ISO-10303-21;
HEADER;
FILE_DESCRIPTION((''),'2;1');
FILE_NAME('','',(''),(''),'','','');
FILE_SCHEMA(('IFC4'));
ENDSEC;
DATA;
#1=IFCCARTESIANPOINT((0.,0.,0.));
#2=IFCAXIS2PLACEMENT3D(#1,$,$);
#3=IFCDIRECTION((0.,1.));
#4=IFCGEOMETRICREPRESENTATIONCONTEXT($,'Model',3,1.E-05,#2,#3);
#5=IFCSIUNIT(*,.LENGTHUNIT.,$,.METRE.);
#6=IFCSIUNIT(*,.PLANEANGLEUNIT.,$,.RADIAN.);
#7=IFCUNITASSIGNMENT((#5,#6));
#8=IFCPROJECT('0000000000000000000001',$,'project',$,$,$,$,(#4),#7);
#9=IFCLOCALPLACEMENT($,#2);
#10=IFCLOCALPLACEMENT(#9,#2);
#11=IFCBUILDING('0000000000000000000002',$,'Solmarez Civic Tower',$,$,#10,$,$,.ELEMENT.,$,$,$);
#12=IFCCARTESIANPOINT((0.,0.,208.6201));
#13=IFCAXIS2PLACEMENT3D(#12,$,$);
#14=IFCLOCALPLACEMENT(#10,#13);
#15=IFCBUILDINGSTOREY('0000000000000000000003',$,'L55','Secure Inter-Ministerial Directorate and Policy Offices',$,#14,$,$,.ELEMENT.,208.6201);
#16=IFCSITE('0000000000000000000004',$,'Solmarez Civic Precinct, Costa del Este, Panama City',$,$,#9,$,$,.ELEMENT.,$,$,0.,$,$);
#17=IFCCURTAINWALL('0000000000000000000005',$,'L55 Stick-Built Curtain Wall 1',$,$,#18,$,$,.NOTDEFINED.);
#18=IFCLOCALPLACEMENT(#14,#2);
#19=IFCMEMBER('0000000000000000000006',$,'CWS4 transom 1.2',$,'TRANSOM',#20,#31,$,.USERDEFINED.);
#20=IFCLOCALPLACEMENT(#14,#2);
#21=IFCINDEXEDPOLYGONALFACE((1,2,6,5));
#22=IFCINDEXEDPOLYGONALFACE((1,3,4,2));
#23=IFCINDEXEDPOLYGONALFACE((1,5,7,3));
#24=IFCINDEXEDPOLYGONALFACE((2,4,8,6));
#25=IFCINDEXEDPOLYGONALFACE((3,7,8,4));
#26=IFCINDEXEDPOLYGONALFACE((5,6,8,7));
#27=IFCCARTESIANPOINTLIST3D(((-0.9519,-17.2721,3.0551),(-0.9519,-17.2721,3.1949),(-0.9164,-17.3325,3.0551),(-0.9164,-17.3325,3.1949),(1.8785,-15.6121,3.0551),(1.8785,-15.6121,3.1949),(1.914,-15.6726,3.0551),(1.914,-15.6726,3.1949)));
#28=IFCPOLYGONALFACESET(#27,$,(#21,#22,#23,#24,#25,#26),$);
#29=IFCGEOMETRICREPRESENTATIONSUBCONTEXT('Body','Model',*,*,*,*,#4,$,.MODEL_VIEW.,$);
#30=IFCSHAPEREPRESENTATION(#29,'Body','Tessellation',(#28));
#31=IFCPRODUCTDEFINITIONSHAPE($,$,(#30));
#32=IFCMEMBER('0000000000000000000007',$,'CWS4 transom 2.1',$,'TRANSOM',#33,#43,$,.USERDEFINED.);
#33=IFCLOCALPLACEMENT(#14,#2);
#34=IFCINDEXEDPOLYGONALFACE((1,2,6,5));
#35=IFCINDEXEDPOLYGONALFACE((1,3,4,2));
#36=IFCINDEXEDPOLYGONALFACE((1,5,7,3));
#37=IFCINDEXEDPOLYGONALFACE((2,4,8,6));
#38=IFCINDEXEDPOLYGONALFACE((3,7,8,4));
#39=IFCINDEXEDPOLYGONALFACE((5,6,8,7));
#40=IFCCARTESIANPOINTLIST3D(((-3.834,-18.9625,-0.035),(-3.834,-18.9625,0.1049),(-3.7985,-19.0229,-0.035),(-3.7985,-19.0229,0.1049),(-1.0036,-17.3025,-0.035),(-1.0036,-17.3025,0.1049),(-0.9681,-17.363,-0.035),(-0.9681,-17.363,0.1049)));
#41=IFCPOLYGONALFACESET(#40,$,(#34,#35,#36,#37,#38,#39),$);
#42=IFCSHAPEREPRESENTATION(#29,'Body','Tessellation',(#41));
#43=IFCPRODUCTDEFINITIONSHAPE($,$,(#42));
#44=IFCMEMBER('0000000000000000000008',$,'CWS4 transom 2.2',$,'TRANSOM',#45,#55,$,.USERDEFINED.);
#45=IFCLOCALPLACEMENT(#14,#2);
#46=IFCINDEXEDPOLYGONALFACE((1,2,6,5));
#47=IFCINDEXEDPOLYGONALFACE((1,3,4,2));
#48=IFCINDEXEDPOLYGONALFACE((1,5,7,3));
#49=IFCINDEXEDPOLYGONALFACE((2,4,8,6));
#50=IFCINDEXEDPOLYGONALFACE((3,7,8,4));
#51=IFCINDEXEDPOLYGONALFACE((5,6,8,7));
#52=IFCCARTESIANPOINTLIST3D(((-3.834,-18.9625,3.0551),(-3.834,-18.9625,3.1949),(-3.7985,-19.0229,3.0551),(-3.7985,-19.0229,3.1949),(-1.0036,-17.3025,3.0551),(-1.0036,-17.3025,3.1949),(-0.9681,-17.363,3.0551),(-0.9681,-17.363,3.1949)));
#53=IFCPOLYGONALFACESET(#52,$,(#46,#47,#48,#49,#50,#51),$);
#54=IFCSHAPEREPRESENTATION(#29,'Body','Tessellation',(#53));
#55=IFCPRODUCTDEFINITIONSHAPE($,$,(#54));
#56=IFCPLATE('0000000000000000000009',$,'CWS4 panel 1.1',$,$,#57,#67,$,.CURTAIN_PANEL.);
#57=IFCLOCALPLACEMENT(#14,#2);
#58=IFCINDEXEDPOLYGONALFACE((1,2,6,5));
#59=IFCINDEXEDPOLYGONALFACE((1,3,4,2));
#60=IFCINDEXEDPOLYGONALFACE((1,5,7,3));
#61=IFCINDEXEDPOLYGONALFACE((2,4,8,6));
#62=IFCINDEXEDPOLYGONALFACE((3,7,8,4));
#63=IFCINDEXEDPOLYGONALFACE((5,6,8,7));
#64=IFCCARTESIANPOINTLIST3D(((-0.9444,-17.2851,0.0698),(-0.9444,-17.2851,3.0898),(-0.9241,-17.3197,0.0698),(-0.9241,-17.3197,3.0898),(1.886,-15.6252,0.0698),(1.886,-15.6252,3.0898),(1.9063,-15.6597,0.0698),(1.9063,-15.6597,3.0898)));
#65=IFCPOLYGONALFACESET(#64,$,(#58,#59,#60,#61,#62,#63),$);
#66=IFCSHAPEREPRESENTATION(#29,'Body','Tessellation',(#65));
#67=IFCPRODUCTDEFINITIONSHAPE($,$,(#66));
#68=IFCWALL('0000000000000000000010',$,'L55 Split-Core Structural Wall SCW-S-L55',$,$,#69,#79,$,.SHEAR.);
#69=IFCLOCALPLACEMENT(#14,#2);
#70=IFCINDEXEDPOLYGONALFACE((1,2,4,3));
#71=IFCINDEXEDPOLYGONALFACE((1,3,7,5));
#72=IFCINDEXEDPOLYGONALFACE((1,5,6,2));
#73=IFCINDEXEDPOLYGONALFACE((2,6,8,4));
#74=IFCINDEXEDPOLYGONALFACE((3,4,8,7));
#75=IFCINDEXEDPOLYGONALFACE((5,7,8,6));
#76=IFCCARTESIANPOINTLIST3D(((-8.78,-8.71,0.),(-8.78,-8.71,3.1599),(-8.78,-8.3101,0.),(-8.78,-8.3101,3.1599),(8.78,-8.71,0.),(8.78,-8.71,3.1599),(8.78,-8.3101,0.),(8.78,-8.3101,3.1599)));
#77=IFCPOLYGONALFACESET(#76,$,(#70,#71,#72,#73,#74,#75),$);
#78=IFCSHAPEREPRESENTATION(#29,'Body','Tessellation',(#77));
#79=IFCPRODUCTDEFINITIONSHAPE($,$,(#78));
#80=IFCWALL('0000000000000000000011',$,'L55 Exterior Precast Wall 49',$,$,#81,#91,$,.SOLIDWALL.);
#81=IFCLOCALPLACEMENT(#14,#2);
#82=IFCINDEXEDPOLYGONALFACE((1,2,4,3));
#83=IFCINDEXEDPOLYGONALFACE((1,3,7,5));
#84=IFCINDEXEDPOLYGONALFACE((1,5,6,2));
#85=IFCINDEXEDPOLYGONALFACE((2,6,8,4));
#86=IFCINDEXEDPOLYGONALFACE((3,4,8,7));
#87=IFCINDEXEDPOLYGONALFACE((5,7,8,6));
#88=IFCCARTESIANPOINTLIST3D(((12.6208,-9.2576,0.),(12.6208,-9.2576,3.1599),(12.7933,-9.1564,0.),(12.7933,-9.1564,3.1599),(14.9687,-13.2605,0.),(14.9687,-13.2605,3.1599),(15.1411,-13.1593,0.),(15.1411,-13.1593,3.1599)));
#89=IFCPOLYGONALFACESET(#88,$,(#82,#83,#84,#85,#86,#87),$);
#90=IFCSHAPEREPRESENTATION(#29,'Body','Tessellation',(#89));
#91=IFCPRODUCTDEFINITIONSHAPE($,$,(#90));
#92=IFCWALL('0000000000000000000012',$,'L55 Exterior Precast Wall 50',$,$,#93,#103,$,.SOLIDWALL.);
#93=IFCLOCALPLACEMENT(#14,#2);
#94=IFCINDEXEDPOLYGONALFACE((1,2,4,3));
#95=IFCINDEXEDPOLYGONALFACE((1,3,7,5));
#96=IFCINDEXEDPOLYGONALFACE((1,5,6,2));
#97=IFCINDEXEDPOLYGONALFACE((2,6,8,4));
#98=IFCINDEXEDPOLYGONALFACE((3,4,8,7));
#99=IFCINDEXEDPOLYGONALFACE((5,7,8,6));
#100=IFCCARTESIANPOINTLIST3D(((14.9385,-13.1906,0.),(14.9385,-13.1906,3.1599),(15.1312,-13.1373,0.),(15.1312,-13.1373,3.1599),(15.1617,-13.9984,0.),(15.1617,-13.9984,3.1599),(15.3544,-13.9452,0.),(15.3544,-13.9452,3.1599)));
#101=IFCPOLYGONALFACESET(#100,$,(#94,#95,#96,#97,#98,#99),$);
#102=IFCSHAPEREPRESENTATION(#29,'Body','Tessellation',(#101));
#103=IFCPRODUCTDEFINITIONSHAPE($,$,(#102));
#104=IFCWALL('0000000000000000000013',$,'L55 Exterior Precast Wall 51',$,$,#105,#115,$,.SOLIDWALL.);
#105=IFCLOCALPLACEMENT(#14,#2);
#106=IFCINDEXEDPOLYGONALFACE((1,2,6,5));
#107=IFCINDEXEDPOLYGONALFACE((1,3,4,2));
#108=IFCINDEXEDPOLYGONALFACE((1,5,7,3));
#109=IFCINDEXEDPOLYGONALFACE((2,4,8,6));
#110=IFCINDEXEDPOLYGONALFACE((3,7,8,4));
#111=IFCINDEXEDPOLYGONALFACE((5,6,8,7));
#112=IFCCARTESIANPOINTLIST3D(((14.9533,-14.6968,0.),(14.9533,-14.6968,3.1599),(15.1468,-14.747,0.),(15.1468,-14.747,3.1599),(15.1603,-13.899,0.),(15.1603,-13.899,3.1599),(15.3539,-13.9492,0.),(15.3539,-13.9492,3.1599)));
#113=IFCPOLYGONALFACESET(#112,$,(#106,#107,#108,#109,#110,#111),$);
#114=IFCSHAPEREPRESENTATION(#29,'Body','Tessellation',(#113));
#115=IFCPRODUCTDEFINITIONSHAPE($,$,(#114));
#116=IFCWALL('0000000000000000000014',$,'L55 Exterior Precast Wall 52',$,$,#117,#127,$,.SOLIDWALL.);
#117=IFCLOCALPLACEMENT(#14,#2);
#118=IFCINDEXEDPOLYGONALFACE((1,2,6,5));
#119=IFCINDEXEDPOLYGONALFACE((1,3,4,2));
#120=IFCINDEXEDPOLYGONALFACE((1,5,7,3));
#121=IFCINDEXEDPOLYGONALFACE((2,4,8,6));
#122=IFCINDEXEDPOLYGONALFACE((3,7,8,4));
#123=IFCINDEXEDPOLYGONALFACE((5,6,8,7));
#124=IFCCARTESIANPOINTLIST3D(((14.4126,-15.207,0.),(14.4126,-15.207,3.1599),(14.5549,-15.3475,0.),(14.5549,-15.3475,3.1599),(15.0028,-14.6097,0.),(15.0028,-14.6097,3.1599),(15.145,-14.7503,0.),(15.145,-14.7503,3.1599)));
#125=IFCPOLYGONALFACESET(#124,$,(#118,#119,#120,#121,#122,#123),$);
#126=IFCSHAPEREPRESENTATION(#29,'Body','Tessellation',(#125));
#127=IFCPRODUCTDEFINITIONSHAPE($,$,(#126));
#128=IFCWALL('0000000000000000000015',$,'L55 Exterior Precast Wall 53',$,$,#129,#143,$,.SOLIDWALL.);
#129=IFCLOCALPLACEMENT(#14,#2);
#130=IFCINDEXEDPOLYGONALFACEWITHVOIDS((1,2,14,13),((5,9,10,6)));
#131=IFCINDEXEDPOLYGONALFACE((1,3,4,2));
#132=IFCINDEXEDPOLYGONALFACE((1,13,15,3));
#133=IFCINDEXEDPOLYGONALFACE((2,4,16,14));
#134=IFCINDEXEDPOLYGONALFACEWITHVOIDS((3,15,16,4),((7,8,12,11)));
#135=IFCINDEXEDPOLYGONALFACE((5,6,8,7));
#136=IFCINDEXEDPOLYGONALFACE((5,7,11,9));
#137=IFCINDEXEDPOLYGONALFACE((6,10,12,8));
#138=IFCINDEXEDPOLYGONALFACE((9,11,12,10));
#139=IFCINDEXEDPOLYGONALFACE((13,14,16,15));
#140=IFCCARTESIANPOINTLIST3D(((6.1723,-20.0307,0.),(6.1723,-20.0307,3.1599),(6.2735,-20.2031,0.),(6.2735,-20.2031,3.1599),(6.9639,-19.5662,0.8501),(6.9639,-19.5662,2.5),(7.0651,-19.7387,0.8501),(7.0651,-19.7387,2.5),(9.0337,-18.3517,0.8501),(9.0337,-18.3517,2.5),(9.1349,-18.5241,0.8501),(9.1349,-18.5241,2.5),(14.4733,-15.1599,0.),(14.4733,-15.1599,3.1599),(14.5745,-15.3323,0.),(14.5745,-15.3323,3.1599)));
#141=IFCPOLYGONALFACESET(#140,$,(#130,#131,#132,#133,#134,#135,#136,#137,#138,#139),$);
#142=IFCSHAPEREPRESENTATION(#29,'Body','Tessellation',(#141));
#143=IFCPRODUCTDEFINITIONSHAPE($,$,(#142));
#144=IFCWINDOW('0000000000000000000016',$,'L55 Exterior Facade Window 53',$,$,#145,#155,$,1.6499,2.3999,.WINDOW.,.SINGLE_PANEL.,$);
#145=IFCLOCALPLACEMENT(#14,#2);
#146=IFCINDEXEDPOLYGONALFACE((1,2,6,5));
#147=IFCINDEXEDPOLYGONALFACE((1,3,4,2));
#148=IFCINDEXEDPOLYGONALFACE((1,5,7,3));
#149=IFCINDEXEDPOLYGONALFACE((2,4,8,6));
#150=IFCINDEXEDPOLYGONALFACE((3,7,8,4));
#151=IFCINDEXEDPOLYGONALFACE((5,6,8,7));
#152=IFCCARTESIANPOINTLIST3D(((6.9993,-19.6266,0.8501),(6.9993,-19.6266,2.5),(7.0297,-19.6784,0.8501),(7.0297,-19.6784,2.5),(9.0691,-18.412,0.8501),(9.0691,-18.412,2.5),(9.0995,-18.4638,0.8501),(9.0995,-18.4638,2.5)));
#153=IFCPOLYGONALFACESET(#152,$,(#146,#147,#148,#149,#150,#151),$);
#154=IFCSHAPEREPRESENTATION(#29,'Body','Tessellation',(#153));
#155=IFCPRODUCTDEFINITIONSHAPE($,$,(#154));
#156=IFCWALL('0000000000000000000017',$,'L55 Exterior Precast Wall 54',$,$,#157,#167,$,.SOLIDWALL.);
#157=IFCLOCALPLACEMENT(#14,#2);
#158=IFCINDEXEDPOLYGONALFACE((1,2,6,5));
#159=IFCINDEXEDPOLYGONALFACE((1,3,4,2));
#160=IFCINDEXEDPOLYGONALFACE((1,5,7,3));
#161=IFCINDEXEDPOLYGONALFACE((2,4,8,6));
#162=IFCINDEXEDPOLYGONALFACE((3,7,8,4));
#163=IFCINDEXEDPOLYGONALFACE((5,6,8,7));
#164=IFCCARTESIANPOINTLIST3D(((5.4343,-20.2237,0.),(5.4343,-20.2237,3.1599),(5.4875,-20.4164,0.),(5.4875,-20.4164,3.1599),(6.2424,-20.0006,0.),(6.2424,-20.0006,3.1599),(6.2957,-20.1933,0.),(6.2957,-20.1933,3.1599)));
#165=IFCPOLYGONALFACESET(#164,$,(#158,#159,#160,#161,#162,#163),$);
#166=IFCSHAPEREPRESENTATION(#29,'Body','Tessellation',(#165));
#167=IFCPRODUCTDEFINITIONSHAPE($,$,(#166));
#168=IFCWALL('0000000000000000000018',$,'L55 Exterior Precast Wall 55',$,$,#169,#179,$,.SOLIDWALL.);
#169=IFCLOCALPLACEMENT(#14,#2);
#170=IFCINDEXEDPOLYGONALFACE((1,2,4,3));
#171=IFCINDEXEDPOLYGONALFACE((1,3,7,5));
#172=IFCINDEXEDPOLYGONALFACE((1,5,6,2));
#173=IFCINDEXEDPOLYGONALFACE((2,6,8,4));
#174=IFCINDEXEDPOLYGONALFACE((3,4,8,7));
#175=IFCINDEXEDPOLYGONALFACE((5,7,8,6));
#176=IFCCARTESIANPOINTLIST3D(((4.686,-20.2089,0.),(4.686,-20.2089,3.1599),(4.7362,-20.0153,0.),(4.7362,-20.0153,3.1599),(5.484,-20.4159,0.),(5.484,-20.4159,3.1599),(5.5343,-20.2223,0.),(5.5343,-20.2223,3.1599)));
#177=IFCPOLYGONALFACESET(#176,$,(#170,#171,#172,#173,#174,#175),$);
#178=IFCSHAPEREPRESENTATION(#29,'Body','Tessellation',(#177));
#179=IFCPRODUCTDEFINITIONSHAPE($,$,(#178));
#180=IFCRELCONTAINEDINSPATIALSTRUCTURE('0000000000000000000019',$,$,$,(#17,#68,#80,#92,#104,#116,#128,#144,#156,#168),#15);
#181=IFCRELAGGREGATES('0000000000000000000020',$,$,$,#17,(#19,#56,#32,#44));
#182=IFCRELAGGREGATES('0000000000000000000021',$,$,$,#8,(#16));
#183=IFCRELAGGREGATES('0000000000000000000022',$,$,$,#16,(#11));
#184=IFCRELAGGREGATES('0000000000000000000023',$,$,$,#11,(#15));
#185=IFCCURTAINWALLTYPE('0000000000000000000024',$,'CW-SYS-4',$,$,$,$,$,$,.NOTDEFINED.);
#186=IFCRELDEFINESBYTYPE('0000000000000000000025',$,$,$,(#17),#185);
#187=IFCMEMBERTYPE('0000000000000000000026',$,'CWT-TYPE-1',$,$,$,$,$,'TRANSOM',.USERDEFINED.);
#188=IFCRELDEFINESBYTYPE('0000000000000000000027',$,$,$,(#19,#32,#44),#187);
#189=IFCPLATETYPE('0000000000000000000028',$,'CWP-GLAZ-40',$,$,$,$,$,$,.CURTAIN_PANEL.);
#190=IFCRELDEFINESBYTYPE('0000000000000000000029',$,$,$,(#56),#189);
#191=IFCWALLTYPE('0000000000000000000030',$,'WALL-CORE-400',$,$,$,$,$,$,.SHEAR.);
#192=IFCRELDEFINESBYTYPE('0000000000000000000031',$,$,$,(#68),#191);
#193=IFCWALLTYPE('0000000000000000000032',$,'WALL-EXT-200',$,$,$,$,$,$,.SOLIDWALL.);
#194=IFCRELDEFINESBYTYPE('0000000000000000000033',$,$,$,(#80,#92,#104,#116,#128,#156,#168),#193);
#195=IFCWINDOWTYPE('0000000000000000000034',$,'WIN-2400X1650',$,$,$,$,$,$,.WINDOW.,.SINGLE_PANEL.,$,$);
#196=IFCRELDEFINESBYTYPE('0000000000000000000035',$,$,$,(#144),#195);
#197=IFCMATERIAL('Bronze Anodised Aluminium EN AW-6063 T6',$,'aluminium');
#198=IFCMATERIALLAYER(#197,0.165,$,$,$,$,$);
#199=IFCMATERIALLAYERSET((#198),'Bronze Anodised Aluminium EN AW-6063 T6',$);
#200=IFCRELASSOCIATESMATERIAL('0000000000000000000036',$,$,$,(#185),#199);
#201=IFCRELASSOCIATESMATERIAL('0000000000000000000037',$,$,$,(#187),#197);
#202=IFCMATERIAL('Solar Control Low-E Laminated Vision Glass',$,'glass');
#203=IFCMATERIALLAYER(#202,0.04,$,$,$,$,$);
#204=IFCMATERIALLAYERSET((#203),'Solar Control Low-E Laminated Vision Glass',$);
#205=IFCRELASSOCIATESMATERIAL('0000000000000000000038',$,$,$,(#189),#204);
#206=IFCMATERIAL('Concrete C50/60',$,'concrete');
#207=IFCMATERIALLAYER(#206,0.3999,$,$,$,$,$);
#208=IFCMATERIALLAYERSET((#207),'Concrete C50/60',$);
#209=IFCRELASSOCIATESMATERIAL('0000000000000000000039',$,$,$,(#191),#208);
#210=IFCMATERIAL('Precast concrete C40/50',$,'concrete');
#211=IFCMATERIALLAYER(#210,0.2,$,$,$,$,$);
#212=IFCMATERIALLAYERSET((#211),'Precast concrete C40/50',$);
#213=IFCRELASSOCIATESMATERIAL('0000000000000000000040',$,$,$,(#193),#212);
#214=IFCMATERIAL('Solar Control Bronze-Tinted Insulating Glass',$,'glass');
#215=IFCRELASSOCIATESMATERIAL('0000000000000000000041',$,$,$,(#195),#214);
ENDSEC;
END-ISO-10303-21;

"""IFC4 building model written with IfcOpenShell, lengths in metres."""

from ifc_helpers import new_model, si_unit, direction, frame, frame_2d, origin, origin_2d, place, context, subcontext, project, spatial, rectangle, extrude, material, layer, layer_set, material_profile, profile_set, type_object, element, fill, aggregate, save


model = new_model("IFC4")

# Units and contexts
model_context = context("Model", 3, precision=1e-05, world=origin(), true_north=direction((0.0, 1.0)))
body_context = subcontext(model_context, "Body", "Model", "MODEL_VIEW")
ifc_project = project(units=[si_unit("LENGTHUNIT", "METRE"), si_unit("PLANEANGLEUNIT", "RADIAN")], contexts=[model_context])

# Site, building, storey
site_placement = place(None, origin())
site = spatial("IfcSite", under=ifc_project, at=site_placement, Name="Solmarez Civic Precinct, Costa del Este, Panama City", CompositionType="ELEMENT", RefElevation=0.0)
building_placement = place(site_placement, origin())
building = spatial("IfcBuilding", under=site, at=building_placement, Name="Solmarez Civic Tower", CompositionType="ELEMENT")
storey_placement = place(building_placement, frame((0.0, 0.0, 208.6201)))
storey = spatial("IfcBuildingStorey", under=building, at=storey_placement, Name="L55", Description="Secure Inter-Ministerial Directorate and Policy Offices", CompositionType="ELEMENT", Elevation=208.6201)

# Shared definitions
ifc_material_1 = material(Name="Concrete C50/60", Category="concrete")

# Curtain wall, members, plate
ifc_material_2 = material(Name="Bronze Anodised Aluminium EN AW-6063 T6", Category="aluminium")
ifc_layer_1 = layer(ifc_material_2, 0.165)
ifc_layer_set_1 = layer_set([ifc_layer_1], Name="Bronze Anodised Aluminium EN AW-6063 T6")
curtain_wall_type = type_object("IfcCurtainWallType", Name="CW-SYS-4", PredefinedType="NOTDEFINED", material=ifc_layer_set_1)
curtain_wall_placement = place(storey_placement, origin())
curtain_wall = element("IfcCurtainWall", 1, at=curtain_wall_placement, inside=storey, type_object=curtain_wall_type, Name="L55 Stick-Built Curtain Wall 1", PredefinedType="NOTDEFINED")
ifc_material_profile_1 = material_profile(ifc_material_2, rectangle(XDim=0.0701, YDim=0.1399, at=origin_2d()), Name="CWT-70X140")
ifc_profile_set_1 = profile_set([ifc_material_profile_1], Name="Bronze Anodised Aluminium EN AW-6063 T6")
member_type_1 = type_object("IfcMemberType", Name="CWT-TYPE-1", ElementType="TRANSOM", PredefinedType="USERDEFINED", material=ifc_profile_set_1)
member_1_placement = place(storey_placement, frame((1.8962, -15.6423, 3.125), z_axis=(-0.862597, -0.505891, 0.0), x_axis=(0.505891, -0.862597, 0.0)))
member_1 = element("IfcMember", 2, at=member_1_placement, type_object=member_type_1, Name="CWS4 transom 1.2", ObjectType="TRANSOM", PredefinedType="USERDEFINED", context=body_context, shape_type="SweptSolid", body=[
    extrude(rectangle(XDim=0.0701, YDim=0.1399, at=origin_2d()), origin(), (0.0, 0.0, 1.0), 3.2812),
])
member_2_placement = place(storey_placement, frame((-0.9858, -17.3328, 0.0349), z_axis=(-0.862597, -0.505891, 0.0), x_axis=(0.505891, -0.862597, 0.0)))
member_2 = element("IfcMember", 3, at=member_2_placement, type_object=member_type_1, Name="CWS4 transom 2.1", ObjectType="TRANSOM", PredefinedType="USERDEFINED", context=body_context, shape_type="SweptSolid", body=[
    extrude(rectangle(XDim=0.0701, YDim=0.1399, at=origin_2d()), origin(), (0.0, 0.0, 1.0), 3.2812),
])
member_3_placement = place(storey_placement, frame((-0.9858, -17.3328, 3.125), z_axis=(-0.862597, -0.505891, 0.0), x_axis=(0.505891, -0.862597, 0.0)))
member_3 = element("IfcMember", 4, at=member_3_placement, type_object=member_type_1, Name="CWS4 transom 2.2", ObjectType="TRANSOM", PredefinedType="USERDEFINED", context=body_context, shape_type="SweptSolid", body=[
    extrude(rectangle(XDim=0.0701, YDim=0.1399, at=origin_2d()), origin(), (0.0, 0.0, 1.0), 3.2812),
])
ifc_material_3 = material(Name="Solar Control Low-E Laminated Vision Glass", Category="glass")
ifc_layer_2 = layer(ifc_material_3, 0.04)
ifc_layer_set_2 = layer_set([ifc_layer_2], Name="Solar Control Low-E Laminated Vision Glass")
plate_type = type_object("IfcPlateType", Name="CWP-GLAZ-40", PredefinedType="CURTAIN_PANEL", material=ifc_layer_set_2)
plate_placement = place(storey_placement, frame((0.481, -16.4724, 0.0698), z_axis=(0.0, 0.0, 1.0), x_axis=(-0.862593, -0.505898, 0.0)))
plate = element("IfcPlate", 5, at=plate_placement, type_object=plate_type, Name="CWS4 panel 1.1", PredefinedType="CURTAIN_PANEL", context=body_context, shape_type="SweptSolid", body=[
    extrude(rectangle(XDim=3.2812, YDim=0.04, at=origin_2d()), origin(), (0.0, 0.0, 1.0), 3.02),
])
aggregate(curtain_wall, [member_1, plate, member_2, member_3])

# Walls
ifc_layer_3 = layer(ifc_material_1, 0.3999)
ifc_layer_set_3 = layer_set([ifc_layer_3], Name="Concrete C50/60")
wall_type_1 = type_object("IfcWallType", Name="WALL-CORE-400", PredefinedType="SHEAR", material=ifc_layer_set_3)
wall_1_placement = place(storey_placement, frame((8.78, -8.51, 0.0), z_axis=(0.0, 0.0, 1.0), x_axis=(-1.0, 0.0, 0.0)))
element("IfcWall", 6, at=wall_1_placement, inside=storey, type_object=wall_type_1, Name="L55 Split-Core Structural Wall SCW-S-L55", PredefinedType="SHEAR", context=body_context, shape_type="SweptSolid", body=[
    extrude(rectangle(XDim=17.5601, YDim=0.3999, at=frame_2d((8.78, 0.0))), origin(), (0.0, 0.0, 1.0), 3.1599),
])
ifc_material_4 = material(Name="Precast concrete C40/50", Category="concrete")
ifc_layer_4 = layer(ifc_material_4, 0.2)
ifc_layer_set_4 = layer_set([ifc_layer_4], Name="Precast concrete C40/50")
wall_type_2 = type_object("IfcWallType", Name="WALL-EXT-200", PredefinedType="SOLIDWALL", material=ifc_layer_set_4)
wall_2_placement = place(storey_placement, frame((12.707, -9.207, 0.0), z_axis=(0.0, 0.0, 1.0), x_axis=(0.505937, -0.862571, 0.0)))
element("IfcWall", 7, at=wall_2_placement, inside=storey, type_object=wall_type_2, Name="L55 Exterior Precast Wall 49", PredefinedType="SOLIDWALL", context=body_context, shape_type="SweptSolid", body=[
    extrude(rectangle(XDim=4.6406, YDim=0.2, at=frame_2d((2.3203, 0.0))), origin(), (0.0, 0.0, 1.0), 3.1599),
])
wall_3_placement = place(storey_placement, frame((15.0349, -13.1641, 0.0), z_axis=(0.0, 0.0, 1.0), x_axis=(0.266246, -0.963905, 0.0)))
element("IfcWall", 8, at=wall_3_placement, inside=storey, type_object=wall_type_2, Name="L55 Exterior Precast Wall 50", PredefinedType="SOLIDWALL", context=body_context, shape_type="SweptSolid", body=[
    extrude(rectangle(XDim=0.8381, YDim=0.2, at=frame_2d((0.4189, 0.0))), origin(), (0.0, 0.0, 1.0), 3.1599),
])
wall_4_placement = place(storey_placement, frame((15.2571, -13.9241, 0.0), z_axis=(0.0, 0.0, 1.0), x_axis=(-0.251168, -0.967944, 0.0)))
element("IfcWall", 9, at=wall_4_placement, inside=storey, type_object=wall_type_2, Name="L55 Exterior Precast Wall 51", PredefinedType="SOLIDWALL", context=body_context, shape_type="SweptSolid", body=[
    extrude(rectangle(XDim=0.8242, YDim=0.2, at=frame_2d((0.4121, 0.0))), origin(), (0.0, 0.0, 1.0), 3.1599),
])
wall_5_placement = place(storey_placement, frame((15.074, -14.6799, 0.0), z_axis=(0.0, 0.0, 1.0), x_axis=(-0.702878, -0.711311, 0.0)))
element("IfcWall", 10, at=wall_5_placement, inside=storey, type_object=wall_type_2, Name="L55 Exterior Precast Wall 52", PredefinedType="SOLIDWALL", context=body_context, shape_type="SweptSolid", body=[
    extrude(rectangle(XDim=0.8396, YDim=0.2, at=frame_2d((0.4199, 0.0))), origin(), (0.0, 0.0, 1.0), 3.1599),
])

# Wall, opening, window
wall_6_placement = place(storey_placement, frame((14.5239, -15.2461, 0.0), z_axis=(0.0, 0.0, 1.0), x_axis=(-0.862483, -0.506085, 0.0)))
wall_6 = element("IfcWall", 11, at=wall_6_placement, inside=storey, type_object=wall_type_2, Name="L55 Exterior Precast Wall 53", PredefinedType="SOLIDWALL", context=body_context, shape_type="SweptSolid", body=[
    extrude(rectangle(XDim=9.6245, YDim=0.2, at=frame_2d((4.8123, 0.0))), origin(), (0.0, 0.0, 1.0), 3.1599),
])
opening_1_placement = place(wall_6_placement, frame((6.3069, 0.0, 0.8501)))
opening_1 = element("IfcOpeningElement", 12, at=opening_1_placement, cuts=wall_6, PredefinedType="OPENING", context=body_context, shape_type="SweptSolid", body=[
    extrude(rectangle(XDim=2.3999, YDim=1.6499, at=frame_2d((1.2, 0.825))), frame((0.0, 0.1099, 0.0), z_axis=(0.0, -1.0, 0.0), x_axis=(1.0, 0.0, 0.0)), (0.0, 0.0, 1.0), 0.22),
])
ifc_material_5 = material(Name="Solar Control Bronze-Tinted Insulating Glass", Category="glass")
window_type = type_object("IfcWindowType", Name="WIN-2400X1650", PartitioningType="SINGLE_PANEL", PredefinedType="WINDOW", material=ifc_material_5)
window_placement = place(opening_1_placement, origin())
window = element("IfcWindow", 13, at=window_placement, inside=storey, type_object=window_type, Name="L55 Exterior Facade Window 53", OverallHeight=1.6499, OverallWidth=2.3999, PartitioningType="SINGLE_PANEL", PredefinedType="WINDOW", context=body_context, shape_type="SweptSolid", body=[
    extrude(rectangle(XDim=2.3999, YDim=1.6499, at=frame_2d((1.2, 0.825))), frame((0.0, 0.03, 0.0), z_axis=(0.0, -1.0, 0.0), x_axis=(1.0, 0.0, 0.0)), (0.0, 0.0, 1.0), 0.0601),
])
fill(opening_1, window)

# Walls
wall_7_placement = place(storey_placement, frame((6.269, -20.0969, 0.0), z_axis=(0.0, 0.0, 1.0), x_axis=(-0.963926, -0.266172, 0.0)))
element("IfcWall", 14, at=wall_7_placement, inside=storey, type_object=wall_type_2, Name="L55 Exterior Precast Wall 54", PredefinedType="SOLIDWALL", context=body_context, shape_type="SweptSolid", body=[
    extrude(rectangle(XDim=0.8384, YDim=0.2, at=frame_2d((0.4192, 0.0))), origin(), (0.0, 0.0, 1.0), 3.1599),
])
wall_8_placement = place(storey_placement, frame((5.509, -20.3191, 0.0), z_axis=(0.0, 0.0, 1.0), x_axis=(-0.967962, 0.251096, 0.0)))
element("IfcWall", 15, at=wall_8_placement, inside=storey, type_object=wall_type_2, Name="L55 Exterior Precast Wall 55", PredefinedType="SOLIDWALL", context=body_context, shape_type="SweptSolid", body=[
    extrude(rectangle(XDim=0.8245, YDim=0.2, at=frame_2d((0.4121, 0.0))), origin(), (0.0, 0.0, 1.0), 3.1599),
])

save(model, "model.ifc")
